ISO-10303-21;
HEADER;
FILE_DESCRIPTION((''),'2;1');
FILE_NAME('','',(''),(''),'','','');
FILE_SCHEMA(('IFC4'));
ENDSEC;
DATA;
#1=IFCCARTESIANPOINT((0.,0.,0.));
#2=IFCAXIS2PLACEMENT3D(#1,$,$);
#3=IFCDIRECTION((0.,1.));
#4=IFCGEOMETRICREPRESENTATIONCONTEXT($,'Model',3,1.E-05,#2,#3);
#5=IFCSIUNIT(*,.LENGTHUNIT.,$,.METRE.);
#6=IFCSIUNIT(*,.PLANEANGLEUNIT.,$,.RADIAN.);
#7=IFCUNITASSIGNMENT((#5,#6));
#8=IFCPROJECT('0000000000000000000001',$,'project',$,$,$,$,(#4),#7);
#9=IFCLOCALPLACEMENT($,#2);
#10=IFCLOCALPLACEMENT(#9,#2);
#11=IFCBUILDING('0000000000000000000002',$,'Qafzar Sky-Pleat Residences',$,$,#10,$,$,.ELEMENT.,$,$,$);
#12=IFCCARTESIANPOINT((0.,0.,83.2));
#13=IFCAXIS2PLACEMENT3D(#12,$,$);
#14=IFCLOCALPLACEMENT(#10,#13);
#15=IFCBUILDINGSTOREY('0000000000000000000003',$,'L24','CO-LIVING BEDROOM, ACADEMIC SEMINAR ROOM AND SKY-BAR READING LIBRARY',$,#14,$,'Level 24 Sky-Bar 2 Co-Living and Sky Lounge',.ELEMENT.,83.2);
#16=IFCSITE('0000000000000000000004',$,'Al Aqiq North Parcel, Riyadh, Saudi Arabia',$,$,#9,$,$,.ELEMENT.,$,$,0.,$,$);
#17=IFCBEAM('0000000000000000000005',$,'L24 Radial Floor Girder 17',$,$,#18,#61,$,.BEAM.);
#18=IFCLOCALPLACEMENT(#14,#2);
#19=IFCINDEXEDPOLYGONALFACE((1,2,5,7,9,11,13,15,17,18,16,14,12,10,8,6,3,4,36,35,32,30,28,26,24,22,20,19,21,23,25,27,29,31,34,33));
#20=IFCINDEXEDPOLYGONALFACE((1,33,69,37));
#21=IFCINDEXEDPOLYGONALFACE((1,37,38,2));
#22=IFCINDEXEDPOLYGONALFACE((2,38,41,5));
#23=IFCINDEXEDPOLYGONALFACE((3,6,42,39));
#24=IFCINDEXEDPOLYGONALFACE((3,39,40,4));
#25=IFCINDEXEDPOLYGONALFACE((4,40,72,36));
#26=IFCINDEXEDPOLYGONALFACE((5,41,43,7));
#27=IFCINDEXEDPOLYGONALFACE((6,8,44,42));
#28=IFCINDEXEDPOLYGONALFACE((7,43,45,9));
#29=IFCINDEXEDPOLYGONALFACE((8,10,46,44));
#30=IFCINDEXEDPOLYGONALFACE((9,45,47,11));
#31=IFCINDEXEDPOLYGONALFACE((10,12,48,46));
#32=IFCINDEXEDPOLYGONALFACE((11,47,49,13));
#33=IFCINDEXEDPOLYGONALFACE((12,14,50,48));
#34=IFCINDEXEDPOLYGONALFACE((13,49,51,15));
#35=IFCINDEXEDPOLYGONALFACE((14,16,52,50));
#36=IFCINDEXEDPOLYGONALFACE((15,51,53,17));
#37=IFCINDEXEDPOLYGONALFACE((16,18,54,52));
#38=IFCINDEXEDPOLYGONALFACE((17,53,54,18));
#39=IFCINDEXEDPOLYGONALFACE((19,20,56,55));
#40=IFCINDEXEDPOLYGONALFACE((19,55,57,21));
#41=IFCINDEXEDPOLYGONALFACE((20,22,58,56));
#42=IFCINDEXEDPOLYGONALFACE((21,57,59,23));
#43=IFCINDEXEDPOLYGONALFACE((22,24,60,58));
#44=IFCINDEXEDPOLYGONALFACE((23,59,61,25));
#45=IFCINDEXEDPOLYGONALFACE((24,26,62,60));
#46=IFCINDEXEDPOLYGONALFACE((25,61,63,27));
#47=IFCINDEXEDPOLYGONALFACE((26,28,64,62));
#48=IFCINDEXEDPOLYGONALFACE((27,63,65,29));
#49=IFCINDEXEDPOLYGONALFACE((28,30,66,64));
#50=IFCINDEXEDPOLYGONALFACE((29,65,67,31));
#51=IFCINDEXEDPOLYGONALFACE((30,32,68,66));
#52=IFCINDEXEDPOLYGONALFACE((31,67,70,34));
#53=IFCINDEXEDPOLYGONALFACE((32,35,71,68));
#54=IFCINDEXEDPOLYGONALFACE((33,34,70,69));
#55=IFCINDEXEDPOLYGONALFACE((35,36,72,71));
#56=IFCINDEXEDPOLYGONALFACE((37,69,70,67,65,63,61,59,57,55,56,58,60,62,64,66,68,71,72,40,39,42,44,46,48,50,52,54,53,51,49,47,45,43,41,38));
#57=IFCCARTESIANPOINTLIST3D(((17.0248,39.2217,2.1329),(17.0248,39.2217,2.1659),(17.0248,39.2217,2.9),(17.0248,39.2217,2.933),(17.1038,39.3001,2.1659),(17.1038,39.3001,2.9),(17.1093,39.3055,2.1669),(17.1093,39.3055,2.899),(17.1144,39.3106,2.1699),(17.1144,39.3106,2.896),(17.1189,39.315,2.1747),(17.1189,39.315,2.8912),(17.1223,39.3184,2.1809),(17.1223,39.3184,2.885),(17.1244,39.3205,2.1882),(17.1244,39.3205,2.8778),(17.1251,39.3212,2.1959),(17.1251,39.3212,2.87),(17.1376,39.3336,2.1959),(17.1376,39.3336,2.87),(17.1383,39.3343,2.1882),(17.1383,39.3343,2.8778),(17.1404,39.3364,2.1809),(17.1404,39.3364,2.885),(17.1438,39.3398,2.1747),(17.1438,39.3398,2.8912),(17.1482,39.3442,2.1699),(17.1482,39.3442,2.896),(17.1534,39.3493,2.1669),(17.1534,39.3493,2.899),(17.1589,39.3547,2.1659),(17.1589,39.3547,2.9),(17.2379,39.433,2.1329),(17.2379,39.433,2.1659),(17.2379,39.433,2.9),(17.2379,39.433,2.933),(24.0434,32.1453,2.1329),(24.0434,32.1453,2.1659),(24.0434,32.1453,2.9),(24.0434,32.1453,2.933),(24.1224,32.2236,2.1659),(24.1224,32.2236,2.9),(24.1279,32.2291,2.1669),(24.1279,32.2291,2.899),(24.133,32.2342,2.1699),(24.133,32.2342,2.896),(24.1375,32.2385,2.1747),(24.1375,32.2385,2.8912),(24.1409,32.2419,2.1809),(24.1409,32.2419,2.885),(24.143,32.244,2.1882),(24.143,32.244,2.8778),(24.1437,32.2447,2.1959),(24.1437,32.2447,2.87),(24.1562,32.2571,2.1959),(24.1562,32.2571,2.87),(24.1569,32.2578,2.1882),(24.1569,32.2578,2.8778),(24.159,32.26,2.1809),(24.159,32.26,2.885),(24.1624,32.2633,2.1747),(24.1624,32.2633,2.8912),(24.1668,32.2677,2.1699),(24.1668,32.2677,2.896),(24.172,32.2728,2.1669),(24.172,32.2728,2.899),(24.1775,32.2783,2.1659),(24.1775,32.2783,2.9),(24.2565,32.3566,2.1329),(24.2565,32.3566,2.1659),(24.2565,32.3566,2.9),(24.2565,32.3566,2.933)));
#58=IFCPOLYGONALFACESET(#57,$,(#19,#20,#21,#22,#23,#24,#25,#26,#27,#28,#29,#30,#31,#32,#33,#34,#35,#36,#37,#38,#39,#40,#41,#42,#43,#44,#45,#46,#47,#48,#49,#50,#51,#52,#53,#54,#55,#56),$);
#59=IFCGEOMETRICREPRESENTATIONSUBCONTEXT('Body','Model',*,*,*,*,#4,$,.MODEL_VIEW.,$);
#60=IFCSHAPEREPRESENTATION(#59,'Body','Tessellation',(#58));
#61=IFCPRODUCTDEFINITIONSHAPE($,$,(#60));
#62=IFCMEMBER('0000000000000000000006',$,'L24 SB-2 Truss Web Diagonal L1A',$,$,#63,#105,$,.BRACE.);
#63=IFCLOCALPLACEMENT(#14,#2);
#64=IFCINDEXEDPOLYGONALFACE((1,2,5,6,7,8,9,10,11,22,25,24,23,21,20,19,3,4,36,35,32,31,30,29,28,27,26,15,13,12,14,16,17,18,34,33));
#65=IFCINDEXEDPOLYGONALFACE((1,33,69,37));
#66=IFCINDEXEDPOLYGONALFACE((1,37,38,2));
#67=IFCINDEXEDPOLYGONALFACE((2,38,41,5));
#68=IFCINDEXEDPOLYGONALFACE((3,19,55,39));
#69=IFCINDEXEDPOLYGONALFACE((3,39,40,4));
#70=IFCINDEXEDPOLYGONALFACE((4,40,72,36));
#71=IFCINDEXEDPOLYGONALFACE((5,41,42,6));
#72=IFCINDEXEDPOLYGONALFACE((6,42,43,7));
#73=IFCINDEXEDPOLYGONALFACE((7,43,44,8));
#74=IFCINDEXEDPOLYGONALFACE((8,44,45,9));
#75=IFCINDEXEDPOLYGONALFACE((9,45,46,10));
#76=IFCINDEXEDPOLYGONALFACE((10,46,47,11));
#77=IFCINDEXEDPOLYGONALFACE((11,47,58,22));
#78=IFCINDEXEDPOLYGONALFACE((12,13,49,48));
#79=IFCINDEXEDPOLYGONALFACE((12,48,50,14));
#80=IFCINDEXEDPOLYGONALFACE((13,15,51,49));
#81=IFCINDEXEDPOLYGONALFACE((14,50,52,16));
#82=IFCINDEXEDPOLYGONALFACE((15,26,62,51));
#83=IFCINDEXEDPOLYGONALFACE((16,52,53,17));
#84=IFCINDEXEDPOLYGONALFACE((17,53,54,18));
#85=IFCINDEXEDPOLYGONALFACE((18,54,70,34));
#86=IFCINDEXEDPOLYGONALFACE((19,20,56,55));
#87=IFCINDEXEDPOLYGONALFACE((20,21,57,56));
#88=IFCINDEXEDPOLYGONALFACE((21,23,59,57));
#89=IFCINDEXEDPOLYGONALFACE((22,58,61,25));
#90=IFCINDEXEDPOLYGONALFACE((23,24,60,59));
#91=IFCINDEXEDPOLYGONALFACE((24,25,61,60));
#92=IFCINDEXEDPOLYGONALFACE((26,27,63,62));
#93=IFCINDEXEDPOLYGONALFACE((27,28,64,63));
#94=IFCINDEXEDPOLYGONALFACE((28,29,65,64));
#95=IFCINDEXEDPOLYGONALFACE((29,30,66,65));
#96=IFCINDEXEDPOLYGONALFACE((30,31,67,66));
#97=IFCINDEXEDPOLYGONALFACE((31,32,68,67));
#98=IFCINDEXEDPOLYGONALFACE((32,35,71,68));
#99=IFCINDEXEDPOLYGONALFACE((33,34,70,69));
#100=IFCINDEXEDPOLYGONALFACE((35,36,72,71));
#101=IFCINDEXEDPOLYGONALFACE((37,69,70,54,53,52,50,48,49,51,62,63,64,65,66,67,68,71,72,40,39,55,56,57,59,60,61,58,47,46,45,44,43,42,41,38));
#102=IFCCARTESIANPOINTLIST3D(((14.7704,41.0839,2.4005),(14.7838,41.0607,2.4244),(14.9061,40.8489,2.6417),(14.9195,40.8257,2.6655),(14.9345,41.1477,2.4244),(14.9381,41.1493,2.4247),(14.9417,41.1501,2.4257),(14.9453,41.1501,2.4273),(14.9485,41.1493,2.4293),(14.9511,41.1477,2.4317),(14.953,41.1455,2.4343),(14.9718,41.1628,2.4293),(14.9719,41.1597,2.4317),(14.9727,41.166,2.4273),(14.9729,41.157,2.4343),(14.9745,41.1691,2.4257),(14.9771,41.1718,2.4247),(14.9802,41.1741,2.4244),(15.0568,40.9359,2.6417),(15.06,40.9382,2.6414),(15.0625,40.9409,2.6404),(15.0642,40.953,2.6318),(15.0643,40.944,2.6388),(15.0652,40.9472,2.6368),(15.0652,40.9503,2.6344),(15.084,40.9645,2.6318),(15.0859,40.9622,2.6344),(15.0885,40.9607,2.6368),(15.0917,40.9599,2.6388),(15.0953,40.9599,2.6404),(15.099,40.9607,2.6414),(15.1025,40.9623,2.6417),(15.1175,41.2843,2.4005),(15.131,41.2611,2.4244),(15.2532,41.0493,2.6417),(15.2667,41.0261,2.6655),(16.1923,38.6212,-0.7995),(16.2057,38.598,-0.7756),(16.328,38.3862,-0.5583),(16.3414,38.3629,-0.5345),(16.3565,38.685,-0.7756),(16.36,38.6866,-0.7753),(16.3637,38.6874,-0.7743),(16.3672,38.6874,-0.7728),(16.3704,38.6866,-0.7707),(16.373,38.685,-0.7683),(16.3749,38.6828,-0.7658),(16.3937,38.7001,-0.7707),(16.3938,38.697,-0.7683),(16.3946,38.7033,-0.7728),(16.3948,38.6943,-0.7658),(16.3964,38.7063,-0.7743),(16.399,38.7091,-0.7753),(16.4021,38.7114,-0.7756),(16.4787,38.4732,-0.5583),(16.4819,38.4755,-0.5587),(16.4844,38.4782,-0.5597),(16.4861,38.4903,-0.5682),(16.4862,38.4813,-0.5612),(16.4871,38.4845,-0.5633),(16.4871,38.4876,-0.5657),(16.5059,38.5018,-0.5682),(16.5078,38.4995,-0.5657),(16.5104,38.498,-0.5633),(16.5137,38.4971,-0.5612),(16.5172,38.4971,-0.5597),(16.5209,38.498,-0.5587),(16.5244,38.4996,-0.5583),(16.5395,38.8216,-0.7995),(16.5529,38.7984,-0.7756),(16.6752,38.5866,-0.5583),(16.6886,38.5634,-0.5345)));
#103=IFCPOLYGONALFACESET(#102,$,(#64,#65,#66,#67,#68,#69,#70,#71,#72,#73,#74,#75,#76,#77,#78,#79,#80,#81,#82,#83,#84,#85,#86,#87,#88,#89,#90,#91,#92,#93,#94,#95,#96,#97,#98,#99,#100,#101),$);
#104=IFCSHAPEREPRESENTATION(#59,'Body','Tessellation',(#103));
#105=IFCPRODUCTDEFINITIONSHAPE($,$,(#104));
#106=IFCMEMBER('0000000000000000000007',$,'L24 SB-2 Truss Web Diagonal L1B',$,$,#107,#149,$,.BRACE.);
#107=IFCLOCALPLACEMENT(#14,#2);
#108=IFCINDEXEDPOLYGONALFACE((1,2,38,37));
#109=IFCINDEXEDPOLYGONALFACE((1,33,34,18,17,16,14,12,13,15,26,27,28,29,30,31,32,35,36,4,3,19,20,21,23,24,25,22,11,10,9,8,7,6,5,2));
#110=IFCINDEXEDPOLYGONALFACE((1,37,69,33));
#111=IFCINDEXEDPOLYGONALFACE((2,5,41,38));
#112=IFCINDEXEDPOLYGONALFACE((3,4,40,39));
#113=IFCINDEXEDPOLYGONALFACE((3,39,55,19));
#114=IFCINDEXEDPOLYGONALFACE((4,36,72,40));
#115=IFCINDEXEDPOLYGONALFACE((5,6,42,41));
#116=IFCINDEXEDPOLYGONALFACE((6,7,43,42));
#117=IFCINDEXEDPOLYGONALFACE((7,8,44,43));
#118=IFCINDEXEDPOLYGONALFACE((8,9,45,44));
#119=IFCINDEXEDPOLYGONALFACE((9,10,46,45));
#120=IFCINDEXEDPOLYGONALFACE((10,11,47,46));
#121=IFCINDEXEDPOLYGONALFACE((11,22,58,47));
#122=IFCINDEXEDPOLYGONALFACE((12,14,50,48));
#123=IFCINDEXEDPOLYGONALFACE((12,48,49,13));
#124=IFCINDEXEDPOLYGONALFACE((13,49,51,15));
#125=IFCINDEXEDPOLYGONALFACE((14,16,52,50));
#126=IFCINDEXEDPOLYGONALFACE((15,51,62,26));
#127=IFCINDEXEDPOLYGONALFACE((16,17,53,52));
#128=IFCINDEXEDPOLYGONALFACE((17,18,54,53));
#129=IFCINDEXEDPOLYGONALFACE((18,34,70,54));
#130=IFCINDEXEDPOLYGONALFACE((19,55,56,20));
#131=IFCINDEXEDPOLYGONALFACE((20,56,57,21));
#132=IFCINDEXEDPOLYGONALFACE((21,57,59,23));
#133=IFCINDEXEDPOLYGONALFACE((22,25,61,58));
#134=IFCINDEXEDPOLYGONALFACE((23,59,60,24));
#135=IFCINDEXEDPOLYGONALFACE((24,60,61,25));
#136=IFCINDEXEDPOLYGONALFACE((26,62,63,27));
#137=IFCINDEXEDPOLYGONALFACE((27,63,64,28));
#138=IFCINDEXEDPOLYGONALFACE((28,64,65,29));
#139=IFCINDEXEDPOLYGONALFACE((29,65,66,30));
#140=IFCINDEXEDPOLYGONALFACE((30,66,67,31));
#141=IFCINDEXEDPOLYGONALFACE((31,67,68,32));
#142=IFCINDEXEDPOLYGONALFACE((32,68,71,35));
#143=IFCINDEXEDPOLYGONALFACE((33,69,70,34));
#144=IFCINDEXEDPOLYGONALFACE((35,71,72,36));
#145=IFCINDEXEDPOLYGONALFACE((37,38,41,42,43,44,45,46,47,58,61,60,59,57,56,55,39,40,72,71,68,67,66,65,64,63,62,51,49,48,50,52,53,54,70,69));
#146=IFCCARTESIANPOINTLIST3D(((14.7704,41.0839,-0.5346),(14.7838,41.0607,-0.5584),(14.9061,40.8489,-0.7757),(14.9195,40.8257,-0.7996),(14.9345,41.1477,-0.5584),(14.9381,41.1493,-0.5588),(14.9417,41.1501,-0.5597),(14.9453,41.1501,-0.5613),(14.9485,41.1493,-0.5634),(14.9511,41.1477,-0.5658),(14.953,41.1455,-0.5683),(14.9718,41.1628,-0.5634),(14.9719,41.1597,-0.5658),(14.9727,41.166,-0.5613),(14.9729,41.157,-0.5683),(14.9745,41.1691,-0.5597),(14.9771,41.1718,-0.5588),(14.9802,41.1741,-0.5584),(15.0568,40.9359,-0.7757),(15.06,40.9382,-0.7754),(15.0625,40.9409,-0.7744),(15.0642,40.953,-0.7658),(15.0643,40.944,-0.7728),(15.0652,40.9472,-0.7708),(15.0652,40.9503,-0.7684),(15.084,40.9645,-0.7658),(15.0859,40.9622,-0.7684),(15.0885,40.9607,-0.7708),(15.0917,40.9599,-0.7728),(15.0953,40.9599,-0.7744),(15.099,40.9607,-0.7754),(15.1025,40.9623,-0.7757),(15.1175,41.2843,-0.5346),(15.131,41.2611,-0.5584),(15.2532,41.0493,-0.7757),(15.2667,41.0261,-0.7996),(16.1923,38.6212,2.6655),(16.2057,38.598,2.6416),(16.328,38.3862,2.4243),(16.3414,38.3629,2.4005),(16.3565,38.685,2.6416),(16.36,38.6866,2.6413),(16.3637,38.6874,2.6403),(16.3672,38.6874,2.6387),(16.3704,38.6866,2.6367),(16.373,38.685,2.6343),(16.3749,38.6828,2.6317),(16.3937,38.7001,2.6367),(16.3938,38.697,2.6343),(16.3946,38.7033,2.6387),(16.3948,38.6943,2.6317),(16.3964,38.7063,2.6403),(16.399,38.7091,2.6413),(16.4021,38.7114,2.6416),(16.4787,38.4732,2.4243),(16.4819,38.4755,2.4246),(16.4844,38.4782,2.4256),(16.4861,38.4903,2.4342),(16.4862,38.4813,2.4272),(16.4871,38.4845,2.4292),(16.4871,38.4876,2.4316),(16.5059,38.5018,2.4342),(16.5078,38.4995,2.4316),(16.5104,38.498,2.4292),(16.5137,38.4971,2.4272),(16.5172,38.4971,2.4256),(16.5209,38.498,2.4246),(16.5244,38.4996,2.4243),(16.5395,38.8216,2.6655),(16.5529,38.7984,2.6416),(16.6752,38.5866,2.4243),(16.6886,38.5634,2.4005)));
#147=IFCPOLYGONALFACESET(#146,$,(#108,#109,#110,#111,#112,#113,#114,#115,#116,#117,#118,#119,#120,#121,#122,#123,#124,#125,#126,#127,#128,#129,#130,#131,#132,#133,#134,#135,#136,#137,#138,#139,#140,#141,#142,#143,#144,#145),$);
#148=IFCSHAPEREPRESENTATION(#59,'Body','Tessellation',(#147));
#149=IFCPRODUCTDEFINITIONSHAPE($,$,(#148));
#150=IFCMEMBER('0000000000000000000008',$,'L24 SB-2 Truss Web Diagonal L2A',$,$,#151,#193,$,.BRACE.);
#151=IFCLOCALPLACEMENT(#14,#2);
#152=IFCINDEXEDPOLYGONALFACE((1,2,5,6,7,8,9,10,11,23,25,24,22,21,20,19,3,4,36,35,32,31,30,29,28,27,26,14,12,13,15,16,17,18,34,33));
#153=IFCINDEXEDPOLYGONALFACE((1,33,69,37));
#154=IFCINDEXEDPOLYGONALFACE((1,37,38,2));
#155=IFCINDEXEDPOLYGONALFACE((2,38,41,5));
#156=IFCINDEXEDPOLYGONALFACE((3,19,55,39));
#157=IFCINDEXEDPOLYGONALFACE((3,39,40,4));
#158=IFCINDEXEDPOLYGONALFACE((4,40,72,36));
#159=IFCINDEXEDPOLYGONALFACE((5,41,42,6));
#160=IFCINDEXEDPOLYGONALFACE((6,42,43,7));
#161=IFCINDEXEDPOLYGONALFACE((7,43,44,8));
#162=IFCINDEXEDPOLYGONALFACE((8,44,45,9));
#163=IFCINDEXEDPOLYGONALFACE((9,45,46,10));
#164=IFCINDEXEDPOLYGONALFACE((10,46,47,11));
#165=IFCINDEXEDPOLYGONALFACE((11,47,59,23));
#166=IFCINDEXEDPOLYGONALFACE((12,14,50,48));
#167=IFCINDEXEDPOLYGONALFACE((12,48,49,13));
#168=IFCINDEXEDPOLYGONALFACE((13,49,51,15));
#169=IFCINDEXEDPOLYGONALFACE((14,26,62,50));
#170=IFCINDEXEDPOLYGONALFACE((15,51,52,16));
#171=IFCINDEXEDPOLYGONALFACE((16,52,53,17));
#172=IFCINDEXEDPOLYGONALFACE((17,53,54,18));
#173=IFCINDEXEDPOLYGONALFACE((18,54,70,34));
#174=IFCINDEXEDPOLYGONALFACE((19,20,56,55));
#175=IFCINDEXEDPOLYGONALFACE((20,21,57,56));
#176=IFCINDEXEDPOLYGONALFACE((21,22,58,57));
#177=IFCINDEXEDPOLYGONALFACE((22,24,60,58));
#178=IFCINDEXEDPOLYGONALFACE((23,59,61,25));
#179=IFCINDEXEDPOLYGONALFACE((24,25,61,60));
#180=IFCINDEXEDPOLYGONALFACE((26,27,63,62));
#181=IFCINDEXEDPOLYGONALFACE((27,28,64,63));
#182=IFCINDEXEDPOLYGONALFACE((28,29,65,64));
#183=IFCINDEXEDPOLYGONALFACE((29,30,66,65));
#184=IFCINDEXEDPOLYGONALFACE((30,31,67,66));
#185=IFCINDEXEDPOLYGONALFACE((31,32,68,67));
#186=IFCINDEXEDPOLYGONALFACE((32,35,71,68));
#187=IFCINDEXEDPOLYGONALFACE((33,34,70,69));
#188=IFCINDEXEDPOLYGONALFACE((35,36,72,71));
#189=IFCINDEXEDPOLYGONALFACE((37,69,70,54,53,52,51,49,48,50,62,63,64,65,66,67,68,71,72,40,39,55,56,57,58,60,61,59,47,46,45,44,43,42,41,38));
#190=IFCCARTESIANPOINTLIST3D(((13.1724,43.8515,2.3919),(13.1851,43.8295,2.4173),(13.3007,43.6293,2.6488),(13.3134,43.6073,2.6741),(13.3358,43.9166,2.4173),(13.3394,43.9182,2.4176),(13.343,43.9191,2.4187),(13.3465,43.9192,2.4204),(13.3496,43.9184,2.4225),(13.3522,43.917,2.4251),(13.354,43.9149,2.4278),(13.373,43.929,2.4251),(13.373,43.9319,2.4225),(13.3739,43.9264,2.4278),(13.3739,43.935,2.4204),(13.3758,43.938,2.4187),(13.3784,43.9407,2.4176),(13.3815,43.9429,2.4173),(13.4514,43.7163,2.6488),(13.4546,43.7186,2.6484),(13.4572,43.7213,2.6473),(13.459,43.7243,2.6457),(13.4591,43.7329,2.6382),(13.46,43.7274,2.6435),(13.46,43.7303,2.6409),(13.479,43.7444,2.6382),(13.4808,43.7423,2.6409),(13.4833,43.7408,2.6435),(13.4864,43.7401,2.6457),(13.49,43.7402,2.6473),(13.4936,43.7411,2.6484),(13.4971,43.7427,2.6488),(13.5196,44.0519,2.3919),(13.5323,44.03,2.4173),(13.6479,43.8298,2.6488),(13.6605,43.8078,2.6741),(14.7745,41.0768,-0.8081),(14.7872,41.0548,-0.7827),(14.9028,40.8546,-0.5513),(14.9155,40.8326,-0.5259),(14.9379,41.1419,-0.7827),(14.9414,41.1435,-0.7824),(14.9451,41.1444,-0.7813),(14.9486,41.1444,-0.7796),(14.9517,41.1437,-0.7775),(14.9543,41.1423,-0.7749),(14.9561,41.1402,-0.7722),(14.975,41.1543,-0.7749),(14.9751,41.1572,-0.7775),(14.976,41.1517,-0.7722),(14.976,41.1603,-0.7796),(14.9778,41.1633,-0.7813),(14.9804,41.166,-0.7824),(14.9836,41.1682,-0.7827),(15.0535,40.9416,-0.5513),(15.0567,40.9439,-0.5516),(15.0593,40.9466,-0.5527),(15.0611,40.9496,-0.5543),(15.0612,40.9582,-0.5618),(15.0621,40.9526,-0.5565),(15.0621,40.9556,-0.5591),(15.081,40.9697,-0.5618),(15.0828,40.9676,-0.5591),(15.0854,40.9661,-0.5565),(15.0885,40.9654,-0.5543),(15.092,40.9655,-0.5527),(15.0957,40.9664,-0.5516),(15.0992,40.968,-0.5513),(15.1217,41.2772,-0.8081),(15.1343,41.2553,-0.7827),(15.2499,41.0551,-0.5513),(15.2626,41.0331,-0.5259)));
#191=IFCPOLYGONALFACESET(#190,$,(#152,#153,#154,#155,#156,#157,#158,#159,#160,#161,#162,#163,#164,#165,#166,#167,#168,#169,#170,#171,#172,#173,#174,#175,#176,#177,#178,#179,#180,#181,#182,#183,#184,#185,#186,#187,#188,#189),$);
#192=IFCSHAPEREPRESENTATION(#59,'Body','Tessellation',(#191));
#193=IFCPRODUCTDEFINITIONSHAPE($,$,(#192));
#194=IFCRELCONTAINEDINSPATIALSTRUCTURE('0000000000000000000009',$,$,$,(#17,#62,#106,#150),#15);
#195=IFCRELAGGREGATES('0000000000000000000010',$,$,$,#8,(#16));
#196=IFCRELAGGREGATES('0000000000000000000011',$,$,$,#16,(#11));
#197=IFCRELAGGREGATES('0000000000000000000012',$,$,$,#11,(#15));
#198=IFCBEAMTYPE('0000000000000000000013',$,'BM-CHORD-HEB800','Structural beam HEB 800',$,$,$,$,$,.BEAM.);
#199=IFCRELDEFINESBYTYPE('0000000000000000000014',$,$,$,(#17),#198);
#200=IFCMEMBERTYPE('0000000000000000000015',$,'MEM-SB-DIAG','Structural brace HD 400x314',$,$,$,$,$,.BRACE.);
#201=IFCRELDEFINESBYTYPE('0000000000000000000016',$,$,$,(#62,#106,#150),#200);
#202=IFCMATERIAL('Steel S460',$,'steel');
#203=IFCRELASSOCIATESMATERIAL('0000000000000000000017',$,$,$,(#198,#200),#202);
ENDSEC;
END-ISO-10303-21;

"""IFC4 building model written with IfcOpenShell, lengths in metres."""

from ifc_helpers import new_model, si_unit, direction, frame, origin, origin_2d, place, context, subcontext, project, spatial, i_section, extrude, source, transform, mapped, material, material_profile, profile_set, type_object, element, save


model = new_model("IFC4")

# Units and contexts
model_context = context("Model", 3, precision=1e-05, world=origin(), true_north=direction((0.0, 1.0)))
body_context = subcontext(model_context, "Body", "Model", "MODEL_VIEW")
ifc_project = project(units=[si_unit("LENGTHUNIT", "METRE"), si_unit("PLANEANGLEUNIT", "RADIAN")], contexts=[model_context])

# Site, building, storey
site_placement = place(None, origin())
site = spatial("IfcSite", under=ifc_project, at=site_placement, Name="Al Aqiq North Parcel, Riyadh, Saudi Arabia", CompositionType="ELEMENT", RefElevation=0.0)
building_placement = place(site_placement, origin())
building = spatial("IfcBuilding", under=site, at=building_placement, Name="Qafzar Sky-Pleat Residences", CompositionType="ELEMENT")
storey_placement = place(building_placement, frame((0.0, 0.0, 83.2)))
storey = spatial("IfcBuildingStorey", under=building, at=storey_placement, Name="L24", Description="CO-LIVING BEDROOM, ACADEMIC SEMINAR ROOM AND SKY-BAR READING LIBRARY", LongName="Level 24 Sky-Bar 2 Co-Living and Sky Lounge", CompositionType="ELEMENT", Elevation=83.2)

# Shared definitions
ifc_material_1 = material(Name="Steel S460", Category="steel")

# Beam
ifc_material_profile_1 = material_profile(ifc_material_1, i_section(OverallWidth=0.3, OverallDepth=0.8, WebThickness=0.0176, FlangeThickness=0.033, FilletRadius=0.03, at=origin_2d()), Name="HEB 800")
ifc_profile_set_1 = profile_set([ifc_material_profile_1], Name="Steel S460")
beam_type_1 = type_object("IfcBeamType", Name="BM-CHORD-HEB800", Description="Structural beam HEB 800", PredefinedType="BEAM", material=ifc_profile_set_1)
shared_shape_1 = source(origin(), body_context, "Body", "SweptSolid", [
    extrude(i_section(OverallWidth=0.3, OverallDepth=0.8, WebThickness=0.0176, FlangeThickness=0.033, FilletRadius=0.03, at=origin_2d()), origin(), (0.0, 0.0, 1.0), 9.9668),
])
beam_1_placement = place(storey_placement, frame((17.1313, 39.3274, 2.533), z_axis=(0.704198, -0.710004, 0.0), x_axis=(0.710004, 0.704198, 0.0)))
element("IfcBeam", 1, at=beam_1_placement, inside=storey, type_object=beam_type_1, Name="L24 Radial Floor Girder 17", PredefinedType="BEAM", context=body_context, shape_type="MappedRepresentation", body=[
    mapped(shared_shape_1, transform((0.0, 0.0, 0.0), x_axis=(1.0, 0.0, 0.0), y_axis=(0.0, 1.0, 0.0), z_axis=(0.0, 0.0, 1.0), scale=1.0)),
])

# Members
ifc_material_profile_2 = material_profile(ifc_material_1, i_section(OverallWidth=0.4009, OverallDepth=0.3989, WebThickness=0.0229, FlangeThickness=0.0359, FilletRadius=0.0149, at=origin_2d()), Name="HD 400x314")
ifc_profile_set_2 = profile_set([ifc_material_profile_2], Name="Steel S460")
member_type = type_object("IfcMemberType", Name="MEM-SB-DIAG", Description="Structural brace HD 400x314", PredefinedType="BRACE", material=ifc_profile_set_2)
shared_shape_2 = source(origin(), body_context, "Body", "SweptSolid", [
    extrude(i_section(OverallWidth=0.4009, OverallDepth=0.3989, WebThickness=0.0229, FlangeThickness=0.0359, FilletRadius=0.0149, at=origin_2d()), origin(), (0.0, 0.0, 1.0), 4.281),
])
for number, where, z_axis, x_axis, name in (
    (2, (16.4404, 38.5923, -0.667), (-0.332144, 0.575265, 0.747496), (-0.866015, -0.500017, 0.0), "L24 SB-2 Truss Web Diagonal L1A"),
    (3, (16.4404, 38.5923, 2.533), (-0.332144, 0.575265, -0.747496), (-0.866015, -0.500017, 0.0), "L24 SB-2 Truss Web Diagonal L1B"),
):
    element("IfcMember", number, at=place(storey_placement, frame(where, z_axis=z_axis, x_axis=x_axis)), inside=storey, type_object=member_type, Name=name, PredefinedType="BRACE", context=body_context, shape_type="MappedRepresentation", body=[
        mapped(shared_shape_2, transform((0.0, 0.0, 0.0), x_axis=(1.0, 0.0, 0.0), y_axis=(0.0, 1.0, 0.0), z_axis=(0.0, 0.0, 1.0), scale=1.0)),
    ])
shared_shape_3 = source(origin(), body_context, "Body", "SweptSolid", [
    extrude(i_section(OverallWidth=0.4009, OverallDepth=0.3989, WebThickness=0.0229, FlangeThickness=0.0359, FilletRadius=0.0149, at=origin_2d()), origin(), (0.0, 0.0, 1.0), 4.5283),
])
for number, where, z_axis, x_axis, name in (
    (4, (15.0186, 41.0549, -0.667), (-0.353791, 0.612745, 0.706665), (-0.866012, -0.500024, 0.0), "L24 SB-2 Truss Web Diagonal L2A"),
):
    element("IfcMember", number, at=place(storey_placement, frame(where, z_axis=z_axis, x_axis=x_axis)), inside=storey, type_object=member_type, Name=name, PredefinedType="BRACE", context=body_context, shape_type="MappedRepresentation", body=[
        mapped(shared_shape_3, transform((0.0, 0.0, 0.0), x_axis=(1.0, 0.0, 0.0), y_axis=(0.0, 1.0, 0.0), z_axis=(0.0, 0.0, 1.0), scale=1.0)),
    ])

save(model, "model.ifc")
